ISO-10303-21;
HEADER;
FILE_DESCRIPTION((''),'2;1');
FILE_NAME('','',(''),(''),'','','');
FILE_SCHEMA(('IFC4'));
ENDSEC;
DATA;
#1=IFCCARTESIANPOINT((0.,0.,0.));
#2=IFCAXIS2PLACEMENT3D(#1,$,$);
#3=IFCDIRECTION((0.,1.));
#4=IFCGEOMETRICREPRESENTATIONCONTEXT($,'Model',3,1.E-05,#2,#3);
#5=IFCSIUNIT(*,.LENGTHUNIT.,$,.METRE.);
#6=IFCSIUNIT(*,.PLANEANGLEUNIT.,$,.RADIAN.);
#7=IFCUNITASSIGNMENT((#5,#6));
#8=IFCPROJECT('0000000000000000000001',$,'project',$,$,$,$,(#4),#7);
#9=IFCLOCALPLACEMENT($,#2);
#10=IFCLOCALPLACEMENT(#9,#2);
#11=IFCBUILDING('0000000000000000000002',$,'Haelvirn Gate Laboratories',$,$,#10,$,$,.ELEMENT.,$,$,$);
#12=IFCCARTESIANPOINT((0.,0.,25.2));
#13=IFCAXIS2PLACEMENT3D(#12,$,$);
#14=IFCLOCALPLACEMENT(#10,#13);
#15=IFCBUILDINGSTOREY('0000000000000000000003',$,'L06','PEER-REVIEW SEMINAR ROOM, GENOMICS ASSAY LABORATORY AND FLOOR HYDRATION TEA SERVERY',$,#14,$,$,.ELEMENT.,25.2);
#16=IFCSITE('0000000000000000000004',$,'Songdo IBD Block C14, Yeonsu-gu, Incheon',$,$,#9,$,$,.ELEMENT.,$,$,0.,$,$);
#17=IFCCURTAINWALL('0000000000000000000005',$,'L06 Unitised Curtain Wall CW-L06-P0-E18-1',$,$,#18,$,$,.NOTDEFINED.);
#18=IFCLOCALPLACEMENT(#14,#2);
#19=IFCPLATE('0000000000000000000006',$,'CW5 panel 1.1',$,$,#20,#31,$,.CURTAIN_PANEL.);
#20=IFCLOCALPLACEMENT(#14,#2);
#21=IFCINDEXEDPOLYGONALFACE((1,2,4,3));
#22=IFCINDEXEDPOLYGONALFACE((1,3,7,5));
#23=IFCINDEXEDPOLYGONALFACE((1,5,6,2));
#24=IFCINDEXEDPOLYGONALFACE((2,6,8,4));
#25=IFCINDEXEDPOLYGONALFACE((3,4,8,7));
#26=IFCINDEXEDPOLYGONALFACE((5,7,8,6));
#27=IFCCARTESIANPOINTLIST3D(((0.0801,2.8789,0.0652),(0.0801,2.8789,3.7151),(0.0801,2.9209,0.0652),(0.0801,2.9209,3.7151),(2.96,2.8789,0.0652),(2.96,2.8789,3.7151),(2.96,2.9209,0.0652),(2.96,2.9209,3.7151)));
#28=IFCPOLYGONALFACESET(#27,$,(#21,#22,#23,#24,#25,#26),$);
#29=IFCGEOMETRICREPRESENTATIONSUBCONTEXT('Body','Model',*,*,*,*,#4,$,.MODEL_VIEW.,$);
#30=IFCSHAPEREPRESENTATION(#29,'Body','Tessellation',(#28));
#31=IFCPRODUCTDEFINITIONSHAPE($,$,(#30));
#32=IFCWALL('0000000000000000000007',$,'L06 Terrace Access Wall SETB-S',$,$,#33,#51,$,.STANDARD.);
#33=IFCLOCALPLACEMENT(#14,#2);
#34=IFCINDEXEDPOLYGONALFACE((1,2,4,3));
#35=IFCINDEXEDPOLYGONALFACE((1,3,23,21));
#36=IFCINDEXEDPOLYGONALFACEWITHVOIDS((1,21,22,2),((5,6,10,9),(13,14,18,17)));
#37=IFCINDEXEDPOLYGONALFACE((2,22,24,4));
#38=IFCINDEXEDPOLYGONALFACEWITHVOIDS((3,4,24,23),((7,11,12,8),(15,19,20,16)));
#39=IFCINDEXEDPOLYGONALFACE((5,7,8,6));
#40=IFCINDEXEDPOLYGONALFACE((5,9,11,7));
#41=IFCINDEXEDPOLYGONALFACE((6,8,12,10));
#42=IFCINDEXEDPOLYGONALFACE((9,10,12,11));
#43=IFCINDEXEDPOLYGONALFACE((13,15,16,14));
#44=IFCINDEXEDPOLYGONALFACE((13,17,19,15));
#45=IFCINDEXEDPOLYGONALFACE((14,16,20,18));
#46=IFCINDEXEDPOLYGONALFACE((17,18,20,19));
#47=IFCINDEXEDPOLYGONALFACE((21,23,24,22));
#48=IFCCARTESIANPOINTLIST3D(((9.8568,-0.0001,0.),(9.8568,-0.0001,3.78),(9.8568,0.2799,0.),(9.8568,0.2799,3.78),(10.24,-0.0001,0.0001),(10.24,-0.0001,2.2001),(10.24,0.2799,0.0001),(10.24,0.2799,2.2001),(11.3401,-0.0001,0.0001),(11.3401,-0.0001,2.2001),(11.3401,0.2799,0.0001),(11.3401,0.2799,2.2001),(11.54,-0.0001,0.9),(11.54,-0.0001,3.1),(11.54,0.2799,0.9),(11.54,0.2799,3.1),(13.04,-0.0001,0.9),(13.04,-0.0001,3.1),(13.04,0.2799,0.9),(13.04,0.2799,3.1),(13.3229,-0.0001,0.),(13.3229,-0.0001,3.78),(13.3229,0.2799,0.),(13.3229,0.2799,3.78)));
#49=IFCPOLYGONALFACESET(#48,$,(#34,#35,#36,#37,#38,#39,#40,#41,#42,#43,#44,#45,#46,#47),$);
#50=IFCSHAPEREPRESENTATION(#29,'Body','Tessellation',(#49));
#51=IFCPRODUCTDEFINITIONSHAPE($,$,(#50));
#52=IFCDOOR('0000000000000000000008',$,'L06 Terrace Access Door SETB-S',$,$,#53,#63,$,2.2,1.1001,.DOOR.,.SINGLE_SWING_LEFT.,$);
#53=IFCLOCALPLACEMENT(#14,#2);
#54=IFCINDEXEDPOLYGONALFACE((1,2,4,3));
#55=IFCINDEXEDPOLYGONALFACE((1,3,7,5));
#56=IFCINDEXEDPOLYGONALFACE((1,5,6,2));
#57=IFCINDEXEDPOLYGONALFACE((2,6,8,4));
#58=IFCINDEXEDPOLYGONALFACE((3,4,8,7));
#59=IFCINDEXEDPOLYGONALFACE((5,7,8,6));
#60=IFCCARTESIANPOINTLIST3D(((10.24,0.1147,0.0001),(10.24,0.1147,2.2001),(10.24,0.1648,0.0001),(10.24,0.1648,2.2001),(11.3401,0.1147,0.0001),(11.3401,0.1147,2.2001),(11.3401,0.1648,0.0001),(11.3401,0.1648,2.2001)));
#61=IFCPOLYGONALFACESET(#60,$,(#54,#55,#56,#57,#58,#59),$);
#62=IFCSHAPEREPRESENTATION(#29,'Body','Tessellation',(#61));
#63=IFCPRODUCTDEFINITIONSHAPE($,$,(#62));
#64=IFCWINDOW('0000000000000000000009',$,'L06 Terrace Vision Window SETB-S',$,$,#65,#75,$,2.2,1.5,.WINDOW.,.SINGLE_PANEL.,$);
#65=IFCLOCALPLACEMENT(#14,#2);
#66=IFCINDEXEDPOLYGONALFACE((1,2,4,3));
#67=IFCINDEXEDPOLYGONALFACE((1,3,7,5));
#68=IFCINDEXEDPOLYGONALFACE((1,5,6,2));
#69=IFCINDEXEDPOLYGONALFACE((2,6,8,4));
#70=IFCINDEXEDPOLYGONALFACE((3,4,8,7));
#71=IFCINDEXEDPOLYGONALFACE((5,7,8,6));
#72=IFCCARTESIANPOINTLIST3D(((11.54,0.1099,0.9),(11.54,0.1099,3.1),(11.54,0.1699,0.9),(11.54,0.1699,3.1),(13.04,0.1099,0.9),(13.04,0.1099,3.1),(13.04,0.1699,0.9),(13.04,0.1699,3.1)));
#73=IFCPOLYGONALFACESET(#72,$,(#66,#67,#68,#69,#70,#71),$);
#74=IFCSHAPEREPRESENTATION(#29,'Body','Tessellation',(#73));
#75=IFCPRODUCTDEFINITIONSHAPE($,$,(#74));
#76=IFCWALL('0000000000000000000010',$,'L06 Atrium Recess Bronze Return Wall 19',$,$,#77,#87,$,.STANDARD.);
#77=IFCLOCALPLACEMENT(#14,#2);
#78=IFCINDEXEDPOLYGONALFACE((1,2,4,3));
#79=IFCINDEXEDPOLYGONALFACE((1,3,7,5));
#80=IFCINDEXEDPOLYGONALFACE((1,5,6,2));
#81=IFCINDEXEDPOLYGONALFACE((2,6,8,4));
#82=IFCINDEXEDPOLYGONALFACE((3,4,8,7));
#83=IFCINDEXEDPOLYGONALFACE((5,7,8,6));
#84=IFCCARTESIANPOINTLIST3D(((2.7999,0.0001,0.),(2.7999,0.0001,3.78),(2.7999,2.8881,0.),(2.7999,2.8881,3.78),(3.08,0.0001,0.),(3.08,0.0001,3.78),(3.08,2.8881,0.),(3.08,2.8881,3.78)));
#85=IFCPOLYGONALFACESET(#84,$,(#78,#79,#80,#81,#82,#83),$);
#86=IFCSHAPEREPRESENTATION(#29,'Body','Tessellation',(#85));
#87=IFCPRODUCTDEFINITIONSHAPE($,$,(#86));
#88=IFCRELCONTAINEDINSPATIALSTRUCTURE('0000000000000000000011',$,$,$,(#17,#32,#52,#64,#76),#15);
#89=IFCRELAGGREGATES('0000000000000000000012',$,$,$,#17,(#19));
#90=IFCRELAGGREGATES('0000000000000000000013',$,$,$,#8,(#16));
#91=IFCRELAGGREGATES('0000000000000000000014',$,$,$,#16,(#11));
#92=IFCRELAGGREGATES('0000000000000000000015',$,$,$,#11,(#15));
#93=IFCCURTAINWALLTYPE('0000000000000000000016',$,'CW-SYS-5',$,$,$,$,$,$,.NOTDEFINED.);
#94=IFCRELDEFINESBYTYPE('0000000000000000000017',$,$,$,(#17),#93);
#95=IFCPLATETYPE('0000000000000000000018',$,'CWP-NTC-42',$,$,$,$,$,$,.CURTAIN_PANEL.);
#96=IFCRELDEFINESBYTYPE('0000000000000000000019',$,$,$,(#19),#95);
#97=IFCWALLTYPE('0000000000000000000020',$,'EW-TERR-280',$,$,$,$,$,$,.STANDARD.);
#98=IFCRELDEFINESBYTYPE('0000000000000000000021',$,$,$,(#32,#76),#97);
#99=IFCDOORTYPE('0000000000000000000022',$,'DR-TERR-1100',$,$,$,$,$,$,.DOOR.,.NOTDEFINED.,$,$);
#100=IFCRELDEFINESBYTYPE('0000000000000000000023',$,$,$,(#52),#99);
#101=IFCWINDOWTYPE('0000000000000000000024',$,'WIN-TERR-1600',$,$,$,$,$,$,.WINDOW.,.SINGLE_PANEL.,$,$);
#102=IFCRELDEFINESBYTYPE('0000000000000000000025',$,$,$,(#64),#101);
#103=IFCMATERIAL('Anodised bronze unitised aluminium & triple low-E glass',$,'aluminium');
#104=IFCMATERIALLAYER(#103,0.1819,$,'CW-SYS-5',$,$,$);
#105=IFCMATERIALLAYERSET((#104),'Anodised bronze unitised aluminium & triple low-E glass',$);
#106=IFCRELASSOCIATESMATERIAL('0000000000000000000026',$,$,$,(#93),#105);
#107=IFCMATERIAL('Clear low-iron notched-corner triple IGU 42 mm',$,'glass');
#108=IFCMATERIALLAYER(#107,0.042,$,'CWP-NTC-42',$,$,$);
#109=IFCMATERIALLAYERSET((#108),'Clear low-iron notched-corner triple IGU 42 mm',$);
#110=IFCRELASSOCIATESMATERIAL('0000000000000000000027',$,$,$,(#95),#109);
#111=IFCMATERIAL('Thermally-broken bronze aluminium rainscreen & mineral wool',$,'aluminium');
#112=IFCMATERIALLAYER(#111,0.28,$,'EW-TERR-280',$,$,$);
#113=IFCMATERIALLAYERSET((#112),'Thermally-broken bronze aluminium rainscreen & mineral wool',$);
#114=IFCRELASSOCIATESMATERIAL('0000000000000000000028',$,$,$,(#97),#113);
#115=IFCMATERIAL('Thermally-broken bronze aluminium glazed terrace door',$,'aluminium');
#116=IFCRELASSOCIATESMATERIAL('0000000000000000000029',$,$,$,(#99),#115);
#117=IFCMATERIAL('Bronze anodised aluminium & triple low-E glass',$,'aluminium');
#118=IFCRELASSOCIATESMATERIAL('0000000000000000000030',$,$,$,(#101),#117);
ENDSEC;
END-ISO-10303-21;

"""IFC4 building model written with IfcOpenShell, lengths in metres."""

from ifc_helpers import new_model, si_unit, direction, frame, frame_2d, origin, origin_2d, place, context, subcontext, project, spatial, rectangle, extrude, source, transform, mapped, material, layer, layer_set, type_object, type_shapes, element, fill, aggregate, save


model = new_model("IFC4")

# Units and contexts
model_context = context("Model", 3, precision=1e-05, world=origin(), true_north=direction((0.0, 1.0)))
body_context = subcontext(model_context, "Body", "Model", "MODEL_VIEW")
ifc_project = project(units=[si_unit("LENGTHUNIT", "METRE"), si_unit("PLANEANGLEUNIT", "RADIAN")], contexts=[model_context])

# Site, building, storey
site_placement = place(None, origin())
site = spatial("IfcSite", under=ifc_project, at=site_placement, Name="Songdo IBD Block C14, Yeonsu-gu, Incheon", CompositionType="ELEMENT", RefElevation=0.0)
building_placement = place(site_placement, origin())
building = spatial("IfcBuilding", under=site, at=building_placement, Name="Haelvirn Gate Laboratories", CompositionType="ELEMENT")
storey_placement = place(building_placement, frame((0.0, 0.0, 25.2)))
storey = spatial("IfcBuildingStorey", under=building, at=storey_placement, Name="L06", Description="PEER-REVIEW SEMINAR ROOM, GENOMICS ASSAY LABORATORY AND FLOOR HYDRATION TEA SERVERY", CompositionType="ELEMENT", Elevation=25.2)

# Shared definitions
ifc_material_1 = material(Name="Anodised bronze unitised aluminium & triple low-E glass", Category="aluminium")

# Curtain wall
ifc_layer_1 = layer(ifc_material_1, 0.1819, Name="CW-SYS-5")
ifc_layer_set_1 = layer_set([ifc_layer_1], Name="Anodised bronze unitised aluminium & triple low-E glass")
curtain_wall_type_1 = type_object("IfcCurtainWallType", Name="CW-SYS-5", PredefinedType="NOTDEFINED", material=ifc_layer_set_1)
curtain_wall_1_placement = place(storey_placement, origin())
curtain_wall_1 = element("IfcCurtainWall", 1, at=curtain_wall_1_placement, inside=storey, type_object=curtain_wall_type_1, Name="L06 Unitised Curtain Wall CW-L06-P0-E18-1", PredefinedType="NOTDEFINED")

# Plate
ifc_material_2 = material(Name="Clear low-iron notched-corner triple IGU 42 mm", Category="glass")
ifc_layer_2 = layer(ifc_material_2, 0.042, Name="CWP-NTC-42")
ifc_layer_set_2 = layer_set([ifc_layer_2], Name="Clear low-iron notched-corner triple IGU 42 mm")
plate_type_1 = type_object("IfcPlateType", Name="CWP-NTC-42", PredefinedType="CURTAIN_PANEL", material=ifc_layer_set_2)
shared_shape_1 = source(origin(), body_context, "Body", "SweptSolid", [
    extrude(rectangle(XDim=2.8799, YDim=0.042, at=origin_2d()), origin(), (0.0, 0.0, 1.0), 3.6499),
])
type_shapes(plate_type_1, [shared_shape_1])
plate_1_placement = place(storey_placement, frame((1.52, 2.8999, 0.0652), z_axis=(0.0, 0.0, 1.0), x_axis=(1.0, 0.0, 0.0)))
plate_1 = element("IfcPlate", 2, at=plate_1_placement, type_object=plate_type_1, Name="CW5 panel 1.1", PredefinedType="CURTAIN_PANEL", context=body_context, shape_type="MappedRepresentation", body=[
    mapped(shared_shape_1, transform((0.0, 0.0, 0.0), scale=1.0)),
])
aggregate(curtain_wall_1, [plate_1])

# Wall, openings, door, window
ifc_material_3 = material(Name="Thermally-broken bronze aluminium rainscreen & mineral wool", Category="aluminium")
ifc_layer_3 = layer(ifc_material_3, 0.28, Name="EW-TERR-280")
ifc_layer_set_3 = layer_set([ifc_layer_3], Name="Thermally-broken bronze aluminium rainscreen & mineral wool")
wall_type = type_object("IfcWallType", Name="EW-TERR-280", PredefinedType="STANDARD", material=ifc_layer_set_3)
wall_1_placement = place(storey_placement, frame((9.8569, 0.1399, 0.0), z_axis=(0.0, 0.0, 1.0), x_axis=(1.0, 0.0, 0.0)))
wall_1 = element("IfcWall", 3, at=wall_1_placement, inside=storey, type_object=wall_type, Name="L06 Terrace Access Wall SETB-S", PredefinedType="STANDARD", context=body_context, shape_type="SweptSolid", body=[
    extrude(rectangle(XDim=3.4661, YDim=0.28, at=frame_2d((1.7329, 0.0))), origin(), (0.0, 0.0, 1.0), 3.78),
])
opening_1_placement = place(wall_1_placement, frame((0.3831, 0.0, 0.0)))
opening_1 = element("IfcOpeningElement", 4, at=opening_1_placement, cuts=wall_1, PredefinedType="OPENING", context=body_context, shape_type="SweptSolid", body=[
    extrude(rectangle(XDim=1.1001, YDim=2.2, at=frame_2d((0.55, 1.1001))), frame((0.0, 0.1499, 0.0), z_axis=(0.0, -1.0, 0.0), x_axis=(1.0, 0.0, 0.0)), (0.0, 0.0, 1.0), 0.3),
])
opening_2_placement = place(wall_1_placement, frame((1.6831, 0.0, 0.8999)))
opening_2 = element("IfcOpeningElement", 5, at=opening_2_placement, cuts=wall_1, PredefinedType="OPENING", context=body_context, shape_type="SweptSolid", body=[
    extrude(rectangle(XDim=1.5, YDim=2.2, at=frame_2d((0.75, 1.1001))), frame((0.0, 0.1499, 0.0), z_axis=(0.0, -1.0, 0.0), x_axis=(1.0, 0.0, 0.0)), (0.0, 0.0, 1.0), 0.3),
])
ifc_material_4 = material(Name="Thermally-broken bronze aluminium glazed terrace door", Category="aluminium")
door_type = type_object("IfcDoorType", Name="DR-TERR-1100", OperationType="NOTDEFINED", PredefinedType="DOOR", material=ifc_material_4)
shared_shape_2 = source(origin(), body_context, "Body", "SweptSolid", [
    extrude(rectangle(XDim=1.1001, YDim=2.2, at=frame_2d((0.55, 1.1001))), frame((0.0, 0.0249, 0.0), z_axis=(0.0, -1.0, 0.0), x_axis=(1.0, 0.0, 0.0)), (0.0, 0.0, 1.0), 0.05),
])
type_shapes(door_type, [shared_shape_2])
door_placement = place(opening_1_placement, origin())
door = element("IfcDoor", 6, at=door_placement, inside=storey, type_object=door_type, Name="L06 Terrace Access Door SETB-S", OperationType="SINGLE_SWING_LEFT", OverallHeight=2.2, OverallWidth=1.1001, PredefinedType="DOOR", context=body_context, shape_type="MappedRepresentation", body=[
    mapped(shared_shape_2, transform((0.0, 0.0, 0.0), scale=1.0)),
])
fill(opening_1, door)
ifc_material_5 = material(Name="Bronze anodised aluminium & triple low-E glass", Category="aluminium")
window_type = type_object("IfcWindowType", Name="WIN-TERR-1600", PartitioningType="SINGLE_PANEL", PredefinedType="WINDOW", material=ifc_material_5)
shared_shape_3 = source(origin(), body_context, "Body", "SweptSolid", [
    extrude(rectangle(XDim=1.5, YDim=2.2, at=frame_2d((0.75, 1.1001))), frame((0.0, 0.03, 0.0), z_axis=(0.0, -1.0, 0.0), x_axis=(1.0, 0.0, 0.0)), (0.0, 0.0, 1.0), 0.0601),
])
type_shapes(window_type, [shared_shape_3])
window_placement = place(opening_2_placement, origin())
window = element("IfcWindow", 7, at=window_placement, inside=storey, type_object=window_type, Name="L06 Terrace Vision Window SETB-S", OverallHeight=2.2, OverallWidth=1.5, PartitioningType="SINGLE_PANEL", PredefinedType="WINDOW", context=body_context, shape_type="MappedRepresentation", body=[
    mapped(shared_shape_3, transform((0.0, 0.0, 0.0), scale=1.0)),
])
fill(opening_2, window)

# Wall
wall_2_placement = place(storey_placement, frame((2.9399, 2.8879, 0.0), z_axis=(0.0, 0.0, 1.0), x_axis=(0.0, -1.0, 0.0)))
element("IfcWall", 8, at=wall_2_placement, inside=storey, type_object=wall_type, Name="L06 Atrium Recess Bronze Return Wall 19", PredefinedType="STANDARD", context=body_context, shape_type="SweptSolid", body=[
    extrude(rectangle(XDim=2.8879, YDim=0.28, at=frame_2d((1.4438, 0.0))), origin(), (0.0, 0.0, 1.0), 3.78),
])

save(model, "model.ifc")
